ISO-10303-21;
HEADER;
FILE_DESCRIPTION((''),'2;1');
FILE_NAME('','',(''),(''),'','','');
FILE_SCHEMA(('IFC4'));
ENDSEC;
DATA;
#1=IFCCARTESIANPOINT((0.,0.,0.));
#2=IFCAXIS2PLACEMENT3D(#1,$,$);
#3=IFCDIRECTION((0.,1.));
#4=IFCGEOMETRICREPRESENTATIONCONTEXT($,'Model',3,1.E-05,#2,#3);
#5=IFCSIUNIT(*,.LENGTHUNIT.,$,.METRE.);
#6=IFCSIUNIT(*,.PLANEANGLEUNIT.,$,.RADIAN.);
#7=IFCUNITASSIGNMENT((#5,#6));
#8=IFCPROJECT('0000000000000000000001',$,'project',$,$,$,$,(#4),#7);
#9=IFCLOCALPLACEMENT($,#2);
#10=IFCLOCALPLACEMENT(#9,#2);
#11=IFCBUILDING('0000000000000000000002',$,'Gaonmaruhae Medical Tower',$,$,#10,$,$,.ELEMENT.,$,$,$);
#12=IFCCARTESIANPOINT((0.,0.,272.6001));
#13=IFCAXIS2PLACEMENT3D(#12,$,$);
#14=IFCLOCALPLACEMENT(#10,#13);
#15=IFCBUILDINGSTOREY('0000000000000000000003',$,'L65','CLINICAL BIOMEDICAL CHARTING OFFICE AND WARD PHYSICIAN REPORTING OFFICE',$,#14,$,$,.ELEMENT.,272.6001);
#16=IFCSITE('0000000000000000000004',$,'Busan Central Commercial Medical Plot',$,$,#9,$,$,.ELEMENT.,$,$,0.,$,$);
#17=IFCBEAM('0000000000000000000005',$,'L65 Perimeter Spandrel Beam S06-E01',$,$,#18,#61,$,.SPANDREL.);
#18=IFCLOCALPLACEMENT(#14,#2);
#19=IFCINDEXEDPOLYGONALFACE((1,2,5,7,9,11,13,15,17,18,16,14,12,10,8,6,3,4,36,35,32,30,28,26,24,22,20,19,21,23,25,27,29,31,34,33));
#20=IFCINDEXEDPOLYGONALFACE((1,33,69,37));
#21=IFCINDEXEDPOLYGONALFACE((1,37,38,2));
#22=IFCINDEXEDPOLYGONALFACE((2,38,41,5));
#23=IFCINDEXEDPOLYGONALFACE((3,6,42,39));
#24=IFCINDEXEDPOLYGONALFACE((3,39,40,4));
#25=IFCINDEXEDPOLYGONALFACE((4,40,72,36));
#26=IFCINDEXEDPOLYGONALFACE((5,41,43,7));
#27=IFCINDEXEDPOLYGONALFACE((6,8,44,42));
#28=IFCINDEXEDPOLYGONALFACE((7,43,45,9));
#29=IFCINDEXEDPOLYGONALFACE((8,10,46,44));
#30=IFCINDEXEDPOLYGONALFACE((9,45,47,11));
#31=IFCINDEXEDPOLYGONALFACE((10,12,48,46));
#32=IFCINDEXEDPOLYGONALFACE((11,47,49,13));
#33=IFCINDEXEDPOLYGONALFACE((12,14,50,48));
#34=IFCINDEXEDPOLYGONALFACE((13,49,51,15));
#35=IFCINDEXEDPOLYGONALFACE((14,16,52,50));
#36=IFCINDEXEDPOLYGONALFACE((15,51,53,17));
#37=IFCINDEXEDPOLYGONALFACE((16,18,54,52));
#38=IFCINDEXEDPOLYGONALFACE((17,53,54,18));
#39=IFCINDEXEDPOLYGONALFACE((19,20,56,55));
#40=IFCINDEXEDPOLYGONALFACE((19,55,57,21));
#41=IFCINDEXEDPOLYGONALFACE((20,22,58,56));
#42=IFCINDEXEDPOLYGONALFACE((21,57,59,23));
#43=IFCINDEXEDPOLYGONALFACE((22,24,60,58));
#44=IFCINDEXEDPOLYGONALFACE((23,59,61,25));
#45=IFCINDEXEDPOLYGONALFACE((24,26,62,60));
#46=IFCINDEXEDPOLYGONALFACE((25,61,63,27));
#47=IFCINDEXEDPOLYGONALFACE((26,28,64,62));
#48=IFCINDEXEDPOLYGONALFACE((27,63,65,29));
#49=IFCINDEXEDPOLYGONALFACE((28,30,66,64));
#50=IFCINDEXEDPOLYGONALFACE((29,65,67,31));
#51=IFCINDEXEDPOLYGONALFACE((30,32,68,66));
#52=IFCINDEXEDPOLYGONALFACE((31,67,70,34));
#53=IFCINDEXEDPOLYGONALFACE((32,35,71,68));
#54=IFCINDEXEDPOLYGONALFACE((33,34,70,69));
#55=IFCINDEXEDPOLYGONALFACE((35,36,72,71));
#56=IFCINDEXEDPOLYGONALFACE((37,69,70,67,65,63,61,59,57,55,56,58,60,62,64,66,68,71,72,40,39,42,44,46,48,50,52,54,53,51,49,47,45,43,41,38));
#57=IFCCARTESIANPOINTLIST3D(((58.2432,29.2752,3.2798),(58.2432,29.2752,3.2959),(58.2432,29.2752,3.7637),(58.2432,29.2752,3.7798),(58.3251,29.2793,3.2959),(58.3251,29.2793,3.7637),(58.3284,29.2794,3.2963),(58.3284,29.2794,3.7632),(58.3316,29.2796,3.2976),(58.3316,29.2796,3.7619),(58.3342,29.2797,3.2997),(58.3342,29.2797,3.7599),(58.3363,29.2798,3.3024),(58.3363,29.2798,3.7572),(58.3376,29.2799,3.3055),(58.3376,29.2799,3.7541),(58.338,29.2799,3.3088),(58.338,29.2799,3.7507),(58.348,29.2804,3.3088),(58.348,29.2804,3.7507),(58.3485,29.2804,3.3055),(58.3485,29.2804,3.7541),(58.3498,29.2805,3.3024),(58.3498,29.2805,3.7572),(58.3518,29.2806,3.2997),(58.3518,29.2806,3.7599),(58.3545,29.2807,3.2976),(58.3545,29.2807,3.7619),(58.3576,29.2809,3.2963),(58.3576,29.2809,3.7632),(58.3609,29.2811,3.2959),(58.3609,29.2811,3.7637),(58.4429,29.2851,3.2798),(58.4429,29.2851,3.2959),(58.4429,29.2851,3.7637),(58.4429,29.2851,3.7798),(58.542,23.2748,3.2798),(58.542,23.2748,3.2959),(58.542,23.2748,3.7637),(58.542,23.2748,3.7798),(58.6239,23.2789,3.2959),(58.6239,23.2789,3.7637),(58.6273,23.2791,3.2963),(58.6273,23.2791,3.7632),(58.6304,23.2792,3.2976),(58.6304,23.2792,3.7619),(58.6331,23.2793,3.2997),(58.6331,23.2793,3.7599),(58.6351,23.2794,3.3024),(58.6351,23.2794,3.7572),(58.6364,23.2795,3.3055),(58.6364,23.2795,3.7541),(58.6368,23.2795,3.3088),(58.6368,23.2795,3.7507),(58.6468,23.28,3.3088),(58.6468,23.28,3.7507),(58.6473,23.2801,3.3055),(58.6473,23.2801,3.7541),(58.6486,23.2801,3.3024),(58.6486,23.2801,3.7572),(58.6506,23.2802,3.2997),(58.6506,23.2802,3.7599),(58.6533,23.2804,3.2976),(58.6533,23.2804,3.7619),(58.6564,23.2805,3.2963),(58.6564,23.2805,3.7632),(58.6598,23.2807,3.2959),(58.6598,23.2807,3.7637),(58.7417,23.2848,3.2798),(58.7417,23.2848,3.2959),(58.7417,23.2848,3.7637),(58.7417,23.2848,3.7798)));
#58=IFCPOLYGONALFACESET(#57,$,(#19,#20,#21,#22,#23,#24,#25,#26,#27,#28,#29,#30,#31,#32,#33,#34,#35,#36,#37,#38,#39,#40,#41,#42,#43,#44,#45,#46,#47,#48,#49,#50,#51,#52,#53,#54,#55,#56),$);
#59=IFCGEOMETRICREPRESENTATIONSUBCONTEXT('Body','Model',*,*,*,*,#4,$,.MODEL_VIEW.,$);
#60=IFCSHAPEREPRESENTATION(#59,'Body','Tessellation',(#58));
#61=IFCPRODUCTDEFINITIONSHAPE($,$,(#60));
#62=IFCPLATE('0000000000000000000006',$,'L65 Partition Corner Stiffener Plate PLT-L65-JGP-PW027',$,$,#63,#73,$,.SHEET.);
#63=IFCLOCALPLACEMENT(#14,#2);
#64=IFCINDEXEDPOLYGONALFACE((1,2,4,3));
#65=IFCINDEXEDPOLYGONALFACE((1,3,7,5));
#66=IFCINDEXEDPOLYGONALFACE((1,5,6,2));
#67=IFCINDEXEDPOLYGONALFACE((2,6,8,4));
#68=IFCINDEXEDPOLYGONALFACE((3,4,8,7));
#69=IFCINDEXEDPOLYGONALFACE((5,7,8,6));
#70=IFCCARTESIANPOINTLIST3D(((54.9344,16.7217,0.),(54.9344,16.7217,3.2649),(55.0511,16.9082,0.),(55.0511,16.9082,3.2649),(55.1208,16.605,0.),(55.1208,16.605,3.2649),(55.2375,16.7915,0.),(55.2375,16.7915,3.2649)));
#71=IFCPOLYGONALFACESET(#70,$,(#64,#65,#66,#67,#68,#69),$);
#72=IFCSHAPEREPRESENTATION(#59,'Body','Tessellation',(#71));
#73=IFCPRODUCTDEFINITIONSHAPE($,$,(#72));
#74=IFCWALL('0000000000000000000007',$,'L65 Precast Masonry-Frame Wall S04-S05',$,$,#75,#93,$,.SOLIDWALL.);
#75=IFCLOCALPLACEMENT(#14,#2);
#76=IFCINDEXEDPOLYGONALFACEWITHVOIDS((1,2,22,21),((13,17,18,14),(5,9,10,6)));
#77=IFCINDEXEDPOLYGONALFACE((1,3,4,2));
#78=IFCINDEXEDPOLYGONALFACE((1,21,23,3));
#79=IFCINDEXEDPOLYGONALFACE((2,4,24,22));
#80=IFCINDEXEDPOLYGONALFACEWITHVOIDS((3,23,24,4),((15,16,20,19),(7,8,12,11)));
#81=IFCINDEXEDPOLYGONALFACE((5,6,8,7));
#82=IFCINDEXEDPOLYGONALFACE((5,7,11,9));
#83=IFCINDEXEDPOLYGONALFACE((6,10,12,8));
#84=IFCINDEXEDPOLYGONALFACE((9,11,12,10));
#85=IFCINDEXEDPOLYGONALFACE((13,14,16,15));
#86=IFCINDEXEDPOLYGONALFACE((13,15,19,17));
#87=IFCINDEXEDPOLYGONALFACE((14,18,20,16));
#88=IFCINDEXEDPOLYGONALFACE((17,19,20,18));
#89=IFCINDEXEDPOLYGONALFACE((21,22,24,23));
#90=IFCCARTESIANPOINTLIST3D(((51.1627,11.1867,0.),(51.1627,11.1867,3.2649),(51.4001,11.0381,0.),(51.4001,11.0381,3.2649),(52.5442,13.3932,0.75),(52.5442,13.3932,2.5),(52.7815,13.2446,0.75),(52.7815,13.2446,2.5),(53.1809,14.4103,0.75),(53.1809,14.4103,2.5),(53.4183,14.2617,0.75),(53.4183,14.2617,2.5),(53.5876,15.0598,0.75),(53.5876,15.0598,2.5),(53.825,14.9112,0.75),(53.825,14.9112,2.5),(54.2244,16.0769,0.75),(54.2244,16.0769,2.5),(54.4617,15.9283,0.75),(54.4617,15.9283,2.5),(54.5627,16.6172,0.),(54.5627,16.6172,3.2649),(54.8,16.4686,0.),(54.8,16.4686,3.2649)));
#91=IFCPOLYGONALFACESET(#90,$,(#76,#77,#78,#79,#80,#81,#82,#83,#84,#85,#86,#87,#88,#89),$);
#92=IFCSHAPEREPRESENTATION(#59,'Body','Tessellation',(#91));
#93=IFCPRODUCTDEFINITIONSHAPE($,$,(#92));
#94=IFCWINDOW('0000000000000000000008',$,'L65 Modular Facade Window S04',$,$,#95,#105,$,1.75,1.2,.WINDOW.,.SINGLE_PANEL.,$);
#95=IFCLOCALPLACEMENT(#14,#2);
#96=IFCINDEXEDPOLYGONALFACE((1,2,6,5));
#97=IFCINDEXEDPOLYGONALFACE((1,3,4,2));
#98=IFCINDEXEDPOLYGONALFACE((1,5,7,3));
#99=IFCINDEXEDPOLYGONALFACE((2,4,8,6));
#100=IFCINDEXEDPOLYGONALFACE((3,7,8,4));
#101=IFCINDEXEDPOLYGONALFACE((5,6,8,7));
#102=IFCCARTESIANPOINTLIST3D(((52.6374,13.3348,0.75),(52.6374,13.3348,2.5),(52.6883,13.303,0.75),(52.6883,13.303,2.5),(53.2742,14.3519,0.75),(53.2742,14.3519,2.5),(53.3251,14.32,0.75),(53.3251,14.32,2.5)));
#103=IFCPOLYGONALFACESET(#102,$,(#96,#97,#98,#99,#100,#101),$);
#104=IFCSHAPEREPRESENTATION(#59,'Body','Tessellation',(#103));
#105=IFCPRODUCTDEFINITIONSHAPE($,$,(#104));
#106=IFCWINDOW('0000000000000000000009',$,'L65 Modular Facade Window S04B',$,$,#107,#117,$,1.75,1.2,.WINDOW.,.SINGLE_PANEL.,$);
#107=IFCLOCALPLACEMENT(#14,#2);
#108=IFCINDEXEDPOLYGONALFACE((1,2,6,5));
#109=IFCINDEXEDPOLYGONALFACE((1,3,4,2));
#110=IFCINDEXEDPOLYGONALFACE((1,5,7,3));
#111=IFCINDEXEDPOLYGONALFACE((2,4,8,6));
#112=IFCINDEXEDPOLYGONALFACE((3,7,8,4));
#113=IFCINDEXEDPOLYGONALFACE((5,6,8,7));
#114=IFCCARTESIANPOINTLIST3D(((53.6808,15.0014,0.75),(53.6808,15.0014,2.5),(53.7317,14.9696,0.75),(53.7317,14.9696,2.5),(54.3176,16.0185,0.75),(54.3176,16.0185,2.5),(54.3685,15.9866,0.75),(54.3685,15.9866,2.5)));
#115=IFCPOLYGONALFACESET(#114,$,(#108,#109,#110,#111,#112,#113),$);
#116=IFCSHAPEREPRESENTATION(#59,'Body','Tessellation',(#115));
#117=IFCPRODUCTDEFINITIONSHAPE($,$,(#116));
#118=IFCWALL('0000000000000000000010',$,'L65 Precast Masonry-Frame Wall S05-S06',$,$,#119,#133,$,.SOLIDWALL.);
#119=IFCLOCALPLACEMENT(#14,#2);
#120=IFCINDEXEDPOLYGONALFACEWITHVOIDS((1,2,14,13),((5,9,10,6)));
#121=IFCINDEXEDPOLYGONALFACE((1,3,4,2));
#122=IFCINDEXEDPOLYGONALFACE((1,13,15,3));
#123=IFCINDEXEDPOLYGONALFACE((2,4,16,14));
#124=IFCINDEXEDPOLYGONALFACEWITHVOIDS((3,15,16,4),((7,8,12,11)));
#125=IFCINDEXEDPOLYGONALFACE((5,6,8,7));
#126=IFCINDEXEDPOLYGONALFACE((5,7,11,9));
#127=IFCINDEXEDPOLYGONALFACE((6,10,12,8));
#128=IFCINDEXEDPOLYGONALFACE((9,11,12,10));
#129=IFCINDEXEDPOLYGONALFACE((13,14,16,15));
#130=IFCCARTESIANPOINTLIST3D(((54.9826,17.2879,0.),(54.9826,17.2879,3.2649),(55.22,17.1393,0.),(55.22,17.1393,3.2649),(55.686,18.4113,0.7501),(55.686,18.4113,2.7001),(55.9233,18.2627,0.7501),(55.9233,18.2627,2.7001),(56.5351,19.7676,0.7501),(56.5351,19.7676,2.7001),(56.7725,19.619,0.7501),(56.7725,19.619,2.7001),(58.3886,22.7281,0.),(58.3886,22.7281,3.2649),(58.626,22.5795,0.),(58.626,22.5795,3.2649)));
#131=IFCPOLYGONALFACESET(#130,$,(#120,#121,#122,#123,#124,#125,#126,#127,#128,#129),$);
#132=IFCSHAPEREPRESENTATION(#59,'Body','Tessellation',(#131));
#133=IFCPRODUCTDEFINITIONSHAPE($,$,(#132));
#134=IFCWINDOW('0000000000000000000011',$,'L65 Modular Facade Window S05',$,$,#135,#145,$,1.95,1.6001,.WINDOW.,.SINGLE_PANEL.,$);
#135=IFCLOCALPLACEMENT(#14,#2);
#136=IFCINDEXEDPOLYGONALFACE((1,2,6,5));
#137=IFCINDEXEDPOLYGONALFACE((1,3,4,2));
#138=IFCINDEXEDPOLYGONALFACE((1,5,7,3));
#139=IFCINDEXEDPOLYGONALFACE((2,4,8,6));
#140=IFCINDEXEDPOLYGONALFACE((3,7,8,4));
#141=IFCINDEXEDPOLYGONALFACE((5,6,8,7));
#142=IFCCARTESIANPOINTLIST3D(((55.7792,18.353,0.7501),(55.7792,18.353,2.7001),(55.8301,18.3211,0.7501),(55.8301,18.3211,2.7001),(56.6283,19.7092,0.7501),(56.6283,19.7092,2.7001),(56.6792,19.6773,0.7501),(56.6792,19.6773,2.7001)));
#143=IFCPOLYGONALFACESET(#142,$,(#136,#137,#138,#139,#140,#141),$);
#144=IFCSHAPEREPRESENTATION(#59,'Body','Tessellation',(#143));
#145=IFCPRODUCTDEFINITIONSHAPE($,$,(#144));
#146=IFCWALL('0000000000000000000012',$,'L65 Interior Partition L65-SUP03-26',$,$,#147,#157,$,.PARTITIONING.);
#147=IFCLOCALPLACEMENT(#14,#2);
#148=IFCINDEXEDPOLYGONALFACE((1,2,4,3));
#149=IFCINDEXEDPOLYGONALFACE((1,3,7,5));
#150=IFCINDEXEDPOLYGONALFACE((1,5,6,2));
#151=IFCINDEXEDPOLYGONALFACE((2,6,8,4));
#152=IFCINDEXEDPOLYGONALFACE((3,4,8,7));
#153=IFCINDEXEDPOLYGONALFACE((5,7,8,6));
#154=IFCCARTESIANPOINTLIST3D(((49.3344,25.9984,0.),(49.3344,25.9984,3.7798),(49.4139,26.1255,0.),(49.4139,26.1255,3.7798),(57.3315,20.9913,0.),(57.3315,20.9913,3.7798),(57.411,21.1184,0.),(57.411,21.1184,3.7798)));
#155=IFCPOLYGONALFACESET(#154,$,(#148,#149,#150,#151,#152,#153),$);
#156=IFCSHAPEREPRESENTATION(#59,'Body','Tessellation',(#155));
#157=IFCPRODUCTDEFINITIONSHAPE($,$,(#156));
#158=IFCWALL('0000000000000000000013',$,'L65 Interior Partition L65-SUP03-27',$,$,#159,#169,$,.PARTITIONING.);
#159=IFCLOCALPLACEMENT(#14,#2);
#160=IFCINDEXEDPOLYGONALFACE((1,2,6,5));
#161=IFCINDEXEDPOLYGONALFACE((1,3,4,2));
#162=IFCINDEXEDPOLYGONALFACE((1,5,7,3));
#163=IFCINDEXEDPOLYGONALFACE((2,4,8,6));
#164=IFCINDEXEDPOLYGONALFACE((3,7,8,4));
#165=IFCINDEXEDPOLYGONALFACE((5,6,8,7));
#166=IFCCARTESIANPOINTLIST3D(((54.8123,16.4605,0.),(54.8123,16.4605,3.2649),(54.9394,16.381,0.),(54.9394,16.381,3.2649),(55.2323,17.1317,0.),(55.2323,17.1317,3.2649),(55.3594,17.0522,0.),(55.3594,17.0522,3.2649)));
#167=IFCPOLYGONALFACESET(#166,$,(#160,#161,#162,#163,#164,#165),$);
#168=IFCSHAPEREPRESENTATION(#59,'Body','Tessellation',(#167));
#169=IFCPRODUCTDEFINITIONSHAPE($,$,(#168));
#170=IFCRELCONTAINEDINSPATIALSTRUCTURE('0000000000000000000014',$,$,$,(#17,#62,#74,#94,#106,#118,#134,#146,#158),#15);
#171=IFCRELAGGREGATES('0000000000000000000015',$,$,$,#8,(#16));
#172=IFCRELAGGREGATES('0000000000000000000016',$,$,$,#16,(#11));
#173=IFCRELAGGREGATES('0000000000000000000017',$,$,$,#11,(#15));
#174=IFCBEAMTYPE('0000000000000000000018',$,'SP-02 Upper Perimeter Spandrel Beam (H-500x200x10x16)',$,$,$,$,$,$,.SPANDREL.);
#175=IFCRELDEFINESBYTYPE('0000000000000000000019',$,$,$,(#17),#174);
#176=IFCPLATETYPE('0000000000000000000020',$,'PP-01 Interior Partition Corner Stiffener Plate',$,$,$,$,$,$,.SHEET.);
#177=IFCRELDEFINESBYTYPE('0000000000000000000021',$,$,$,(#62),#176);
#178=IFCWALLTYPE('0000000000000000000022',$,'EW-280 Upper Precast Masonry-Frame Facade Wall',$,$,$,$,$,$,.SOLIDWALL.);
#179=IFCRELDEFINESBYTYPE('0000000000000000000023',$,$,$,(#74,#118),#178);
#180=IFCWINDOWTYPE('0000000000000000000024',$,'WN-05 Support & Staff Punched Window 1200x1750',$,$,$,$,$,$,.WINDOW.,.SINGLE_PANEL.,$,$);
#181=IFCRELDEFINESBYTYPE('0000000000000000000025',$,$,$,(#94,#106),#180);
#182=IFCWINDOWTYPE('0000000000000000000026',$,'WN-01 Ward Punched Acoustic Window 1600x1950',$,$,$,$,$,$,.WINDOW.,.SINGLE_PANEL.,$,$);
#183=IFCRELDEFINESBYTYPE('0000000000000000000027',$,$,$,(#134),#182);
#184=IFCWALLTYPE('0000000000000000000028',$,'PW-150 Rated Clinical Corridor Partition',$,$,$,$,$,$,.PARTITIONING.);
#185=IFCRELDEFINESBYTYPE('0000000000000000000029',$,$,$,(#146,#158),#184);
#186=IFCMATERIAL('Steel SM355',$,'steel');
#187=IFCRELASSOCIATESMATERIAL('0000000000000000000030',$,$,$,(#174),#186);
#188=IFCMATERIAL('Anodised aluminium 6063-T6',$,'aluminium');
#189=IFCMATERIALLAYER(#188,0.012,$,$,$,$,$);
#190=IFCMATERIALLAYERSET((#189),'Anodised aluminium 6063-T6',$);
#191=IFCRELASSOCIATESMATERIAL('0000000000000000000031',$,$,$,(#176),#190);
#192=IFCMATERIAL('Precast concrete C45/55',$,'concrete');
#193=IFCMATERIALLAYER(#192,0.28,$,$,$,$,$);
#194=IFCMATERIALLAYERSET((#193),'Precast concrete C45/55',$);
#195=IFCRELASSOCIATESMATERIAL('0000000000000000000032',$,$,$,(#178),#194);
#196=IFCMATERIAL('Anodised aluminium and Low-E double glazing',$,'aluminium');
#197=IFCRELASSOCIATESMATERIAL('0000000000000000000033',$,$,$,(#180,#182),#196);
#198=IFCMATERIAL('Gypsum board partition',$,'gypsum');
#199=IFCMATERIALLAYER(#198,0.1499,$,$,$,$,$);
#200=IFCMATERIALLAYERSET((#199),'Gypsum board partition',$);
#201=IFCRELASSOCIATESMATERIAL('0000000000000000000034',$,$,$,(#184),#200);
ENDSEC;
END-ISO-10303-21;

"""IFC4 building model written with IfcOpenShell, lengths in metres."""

from ifc_helpers import new_model, si_unit, direction, frame, frame_2d, origin, origin_2d, place, context, subcontext, project, spatial, rectangle, i_section, extrude, material, layer, layer_set, material_profile, profile_set, type_object, element, fill, save


model = new_model("IFC4")

# Units and contexts
model_context = context("Model", 3, precision=1e-05, world=origin(), true_north=direction((0.0, 1.0)))
body_context = subcontext(model_context, "Body", "Model", "MODEL_VIEW")
ifc_project = project(units=[si_unit("LENGTHUNIT", "METRE"), si_unit("PLANEANGLEUNIT", "RADIAN")], contexts=[model_context])

# Site, building, storey
site_placement = place(None, origin())
site = spatial("IfcSite", under=ifc_project, at=site_placement, Name="Busan Central Commercial Medical Plot", CompositionType="ELEMENT", RefElevation=0.0)
building_placement = place(site_placement, origin())
building = spatial("IfcBuilding", under=site, at=building_placement, Name="Gaonmaruhae Medical Tower", CompositionType="ELEMENT")
storey_placement = place(building_placement, frame((0.0, 0.0, 272.6001)))
storey = spatial("IfcBuildingStorey", under=building, at=storey_placement, Name="L65", Description="CLINICAL BIOMEDICAL CHARTING OFFICE AND WARD PHYSICIAN REPORTING OFFICE", CompositionType="ELEMENT", Elevation=272.6001)

# Beam
ifc_material_1 = material(Name="Steel SM355", Category="steel")
ifc_material_profile_1 = material_profile(ifc_material_1, i_section(OverallWidth=0.2, OverallDepth=0.5, WebThickness=0.01, FlangeThickness=0.0161, FilletRadius=0.0129, at=origin_2d()), Name="H-500x200x10x16")
ifc_profile_set_1 = profile_set([ifc_material_profile_1], Name="Steel SM355")
beam_type_1 = type_object("IfcBeamType", Name="SP-02 Upper Perimeter Spandrel Beam (H-500x200x10x16)", PredefinedType="SPANDREL", material=ifc_profile_set_1)
beam_1_placement = place(storey_placement, frame((58.6418, 23.2798, 3.5298), z_axis=(-0.049739, 0.998762, 0.0), x_axis=(-0.998762, -0.049739, 0.0)))
element("IfcBeam", 1, at=beam_1_placement, inside=storey, type_object=beam_type_1, Name="L65 Perimeter Spandrel Beam S06-E01", PredefinedType="SPANDREL", context=body_context, shape_type="SweptSolid", body=[
    extrude(i_section(OverallWidth=0.2, OverallDepth=0.5, WebThickness=0.01, FlangeThickness=0.0161, FilletRadius=0.0129, at=origin_2d()), origin(), (0.0, 0.0, 1.0), 6.0078),
])

# Plate
ifc_material_2 = material(Name="Anodised aluminium 6063-T6", Category="aluminium")
ifc_layer_1 = layer(ifc_material_2, 0.012)
ifc_layer_set_1 = layer_set([ifc_layer_1], Name="Anodised aluminium 6063-T6")
plate_type = type_object("IfcPlateType", Name="PP-01 Interior Partition Corner Stiffener Plate", PredefinedType="SHEET", material=ifc_layer_set_1)
plate_placement = place(storey_placement, frame((55.0859, 16.7566, 0.0), z_axis=(0.0, 0.0, 1.0), x_axis=(-0.53057, -0.847641, 0.0)))
element("IfcPlate", 2, at=plate_placement, inside=storey, type_object=plate_type, Name="L65 Partition Corner Stiffener Plate PLT-L65-JGP-PW027", PredefinedType="SHEET", context=body_context, shape_type="SweptSolid", body=[
    extrude(rectangle(XDim=0.22, YDim=0.22, at=origin_2d()), origin(), (0.0, 0.0, 1.0), 3.2649),
])

# Wall, openings, windows
ifc_material_3 = material(Name="Precast concrete C45/55", Category="concrete")
ifc_layer_2 = layer(ifc_material_3, 0.28)
ifc_layer_set_2 = layer_set([ifc_layer_2], Name="Precast concrete C45/55")
wall_type_1 = type_object("IfcWallType", Name="EW-280 Upper Precast Masonry-Frame Facade Wall", PredefinedType="SOLIDWALL", material=ifc_layer_set_2)
wall_1_placement = place(storey_placement, frame((54.6814, 16.543, 0.0), z_axis=(0.0, 0.0, 1.0), x_axis=(-0.53066, -0.847585, 0.0)))
wall_1 = element("IfcWall", 3, at=wall_1_placement, inside=storey, type_object=wall_type_1, Name="L65 Precast Masonry-Frame Wall S04-S05", PredefinedType="SOLIDWALL", context=body_context, shape_type="SweptSolid", body=[
    extrude(rectangle(XDim=6.407, YDim=0.28, at=frame_2d((3.2036, 0.0))), origin(), (0.0, 0.0, 1.0), 3.2649),
])
opening_1_placement = place(wall_1_placement, frame((2.6038, 0.0, 0.75)))
opening_1 = element("IfcOpeningElement", 4, at=opening_1_placement, cuts=wall_1, PredefinedType="OPENING", context=body_context, shape_type="SweptSolid", body=[
    extrude(rectangle(XDim=1.2, YDim=1.75, at=frame_2d((0.6001, 0.875))), frame((0.0, 0.1499, 0.0), z_axis=(0.0, -1.0, 0.0), x_axis=(1.0, 0.0, 0.0)), (0.0, 0.0, 1.0), 0.3),
])
opening_2_placement = place(wall_1_placement, frame((0.6375, 0.0, 0.75)))
opening_2 = element("IfcOpeningElement", 5, at=opening_2_placement, cuts=wall_1, PredefinedType="OPENING", context=body_context, shape_type="SweptSolid", body=[
    extrude(rectangle(XDim=1.2, YDim=1.75, at=frame_2d((0.6001, 0.875))), frame((0.0, 0.1499, 0.0), z_axis=(0.0, -1.0, 0.0), x_axis=(1.0, 0.0, 0.0)), (0.0, 0.0, 1.0), 0.3),
])
ifc_material_4 = material(Name="Anodised aluminium and Low-E double glazing", Category="aluminium")
window_type_1 = type_object("IfcWindowType", Name="WN-05 Support & Staff Punched Window 1200x1750", PartitioningType="SINGLE_PANEL", PredefinedType="WINDOW", material=ifc_material_4)
window_1_placement = place(opening_1_placement, origin())
window_1 = element("IfcWindow", 6, at=window_1_placement, inside=storey, type_object=window_type_1, Name="L65 Modular Facade Window S04", OverallHeight=1.75, OverallWidth=1.2, PartitioningType="SINGLE_PANEL", PredefinedType="WINDOW", context=body_context, shape_type="SweptSolid", body=[
    extrude(rectangle(XDim=1.2, YDim=1.75, at=frame_2d((0.6001, 0.875))), frame((0.0, 0.03, 0.0), z_axis=(0.0, -1.0, 0.0), x_axis=(1.0, 0.0, 0.0)), (0.0, 0.0, 1.0), 0.0601),
])
fill(opening_1, window_1)
window_2_placement = place(opening_2_placement, origin())
window_2 = element("IfcWindow", 7, at=window_2_placement, inside=storey, type_object=window_type_1, Name="L65 Modular Facade Window S04B", OverallHeight=1.75, OverallWidth=1.2, PartitioningType="SINGLE_PANEL", PredefinedType="WINDOW", context=body_context, shape_type="SweptSolid", body=[
    extrude(rectangle(XDim=1.2, YDim=1.75, at=frame_2d((0.6001, 0.875))), frame((0.0, 0.03, 0.0), z_axis=(0.0, -1.0, 0.0), x_axis=(1.0, 0.0, 0.0)), (0.0, 0.0, 1.0), 0.0601),
])
fill(opening_2, window_2)

# Wall, opening, window
wall_2_placement = place(storey_placement, frame((58.5073, 22.6538, 0.0), z_axis=(0.0, 0.0, 1.0), x_axis=(-0.530659, -0.847586, 0.0)))
wall_2 = element("IfcWall", 8, at=wall_2_placement, inside=storey, type_object=wall_type_1, Name="L65 Precast Masonry-Frame Wall S05-S06", PredefinedType="SOLIDWALL", context=body_context, shape_type="SweptSolid", body=[
    extrude(rectangle(XDim=6.4185, YDim=0.28, at=frame_2d((3.2092, 0.0))), origin(), (0.0, 0.0, 1.0), 3.2649),
])
opening_3_placement = place(wall_2_placement, frame((3.4929, 0.0, 0.75)))
opening_3 = element("IfcOpeningElement", 9, at=opening_3_placement, cuts=wall_2, PredefinedType="OPENING", context=body_context, shape_type="SweptSolid", body=[
    extrude(rectangle(XDim=1.6001, YDim=1.95, at=frame_2d((0.8, 0.9751))), frame((0.0, 0.1499, 0.0), z_axis=(0.0, -1.0, 0.0), x_axis=(1.0, 0.0, 0.0)), (0.0, 0.0, 1.0), 0.3),
])
window_type_2 = type_object("IfcWindowType", Name="WN-01 Ward Punched Acoustic Window 1600x1950", PartitioningType="SINGLE_PANEL", PredefinedType="WINDOW", material=ifc_material_4)
window_3_placement = place(opening_3_placement, origin())
window_3 = element("IfcWindow", 10, at=window_3_placement, inside=storey, type_object=window_type_2, Name="L65 Modular Facade Window S05", OverallHeight=1.95, OverallWidth=1.6001, PartitioningType="SINGLE_PANEL", PredefinedType="WINDOW", context=body_context, shape_type="SweptSolid", body=[
    extrude(rectangle(XDim=1.6001, YDim=1.95, at=frame_2d((0.8, 0.9751))), frame((0.0, 0.03, 0.0), z_axis=(0.0, -1.0, 0.0), x_axis=(1.0, 0.0, 0.0)), (0.0, 0.0, 1.0), 0.0601),
])
fill(opening_3, window_3)

# Walls
ifc_material_5 = material(Name="Gypsum board partition", Category="gypsum")
ifc_layer_3 = layer(ifc_material_5, 0.1499)
ifc_layer_set_3 = layer_set([ifc_layer_3], Name="Gypsum board partition")
wall_type_2 = type_object("IfcWallType", Name="PW-150 Rated Clinical Corridor Partition", PredefinedType="PARTITIONING", material=ifc_layer_set_3)
wall_3_placement = place(storey_placement, frame((49.374, 26.062, 0.0), z_axis=(0.0, 0.0, 1.0), x_axis=(0.847574, -0.530678, 0.0)))
element("IfcWall", 11, at=wall_3_placement, inside=storey, type_object=wall_type_2, Name="L65 Interior Partition L65-SUP03-26", PredefinedType="PARTITIONING", context=body_context, shape_type="SweptSolid", body=[
    extrude(rectangle(XDim=9.4353, YDim=0.1499, at=frame_2d((4.7178, 0.0))), origin(), (0.0, 0.0, 1.0), 3.7798),
])
wall_4_placement = place(storey_placement, frame((55.2959, 17.092, 0.0), z_axis=(0.0, 0.0, 1.0), x_axis=(-0.530415, -0.847738, 0.0)))
element("IfcWall", 12, at=wall_4_placement, inside=storey, type_object=wall_type_2, Name="L65 Interior Partition L65-SUP03-27", PredefinedType="PARTITIONING", context=body_context, shape_type="SweptSolid", body=[
    extrude(rectangle(XDim=0.7917, YDim=0.1499, at=frame_2d((0.396, 0.0))), origin(), (0.0, 0.0, 1.0), 3.2649),
])

save(model, "model.ifc")
